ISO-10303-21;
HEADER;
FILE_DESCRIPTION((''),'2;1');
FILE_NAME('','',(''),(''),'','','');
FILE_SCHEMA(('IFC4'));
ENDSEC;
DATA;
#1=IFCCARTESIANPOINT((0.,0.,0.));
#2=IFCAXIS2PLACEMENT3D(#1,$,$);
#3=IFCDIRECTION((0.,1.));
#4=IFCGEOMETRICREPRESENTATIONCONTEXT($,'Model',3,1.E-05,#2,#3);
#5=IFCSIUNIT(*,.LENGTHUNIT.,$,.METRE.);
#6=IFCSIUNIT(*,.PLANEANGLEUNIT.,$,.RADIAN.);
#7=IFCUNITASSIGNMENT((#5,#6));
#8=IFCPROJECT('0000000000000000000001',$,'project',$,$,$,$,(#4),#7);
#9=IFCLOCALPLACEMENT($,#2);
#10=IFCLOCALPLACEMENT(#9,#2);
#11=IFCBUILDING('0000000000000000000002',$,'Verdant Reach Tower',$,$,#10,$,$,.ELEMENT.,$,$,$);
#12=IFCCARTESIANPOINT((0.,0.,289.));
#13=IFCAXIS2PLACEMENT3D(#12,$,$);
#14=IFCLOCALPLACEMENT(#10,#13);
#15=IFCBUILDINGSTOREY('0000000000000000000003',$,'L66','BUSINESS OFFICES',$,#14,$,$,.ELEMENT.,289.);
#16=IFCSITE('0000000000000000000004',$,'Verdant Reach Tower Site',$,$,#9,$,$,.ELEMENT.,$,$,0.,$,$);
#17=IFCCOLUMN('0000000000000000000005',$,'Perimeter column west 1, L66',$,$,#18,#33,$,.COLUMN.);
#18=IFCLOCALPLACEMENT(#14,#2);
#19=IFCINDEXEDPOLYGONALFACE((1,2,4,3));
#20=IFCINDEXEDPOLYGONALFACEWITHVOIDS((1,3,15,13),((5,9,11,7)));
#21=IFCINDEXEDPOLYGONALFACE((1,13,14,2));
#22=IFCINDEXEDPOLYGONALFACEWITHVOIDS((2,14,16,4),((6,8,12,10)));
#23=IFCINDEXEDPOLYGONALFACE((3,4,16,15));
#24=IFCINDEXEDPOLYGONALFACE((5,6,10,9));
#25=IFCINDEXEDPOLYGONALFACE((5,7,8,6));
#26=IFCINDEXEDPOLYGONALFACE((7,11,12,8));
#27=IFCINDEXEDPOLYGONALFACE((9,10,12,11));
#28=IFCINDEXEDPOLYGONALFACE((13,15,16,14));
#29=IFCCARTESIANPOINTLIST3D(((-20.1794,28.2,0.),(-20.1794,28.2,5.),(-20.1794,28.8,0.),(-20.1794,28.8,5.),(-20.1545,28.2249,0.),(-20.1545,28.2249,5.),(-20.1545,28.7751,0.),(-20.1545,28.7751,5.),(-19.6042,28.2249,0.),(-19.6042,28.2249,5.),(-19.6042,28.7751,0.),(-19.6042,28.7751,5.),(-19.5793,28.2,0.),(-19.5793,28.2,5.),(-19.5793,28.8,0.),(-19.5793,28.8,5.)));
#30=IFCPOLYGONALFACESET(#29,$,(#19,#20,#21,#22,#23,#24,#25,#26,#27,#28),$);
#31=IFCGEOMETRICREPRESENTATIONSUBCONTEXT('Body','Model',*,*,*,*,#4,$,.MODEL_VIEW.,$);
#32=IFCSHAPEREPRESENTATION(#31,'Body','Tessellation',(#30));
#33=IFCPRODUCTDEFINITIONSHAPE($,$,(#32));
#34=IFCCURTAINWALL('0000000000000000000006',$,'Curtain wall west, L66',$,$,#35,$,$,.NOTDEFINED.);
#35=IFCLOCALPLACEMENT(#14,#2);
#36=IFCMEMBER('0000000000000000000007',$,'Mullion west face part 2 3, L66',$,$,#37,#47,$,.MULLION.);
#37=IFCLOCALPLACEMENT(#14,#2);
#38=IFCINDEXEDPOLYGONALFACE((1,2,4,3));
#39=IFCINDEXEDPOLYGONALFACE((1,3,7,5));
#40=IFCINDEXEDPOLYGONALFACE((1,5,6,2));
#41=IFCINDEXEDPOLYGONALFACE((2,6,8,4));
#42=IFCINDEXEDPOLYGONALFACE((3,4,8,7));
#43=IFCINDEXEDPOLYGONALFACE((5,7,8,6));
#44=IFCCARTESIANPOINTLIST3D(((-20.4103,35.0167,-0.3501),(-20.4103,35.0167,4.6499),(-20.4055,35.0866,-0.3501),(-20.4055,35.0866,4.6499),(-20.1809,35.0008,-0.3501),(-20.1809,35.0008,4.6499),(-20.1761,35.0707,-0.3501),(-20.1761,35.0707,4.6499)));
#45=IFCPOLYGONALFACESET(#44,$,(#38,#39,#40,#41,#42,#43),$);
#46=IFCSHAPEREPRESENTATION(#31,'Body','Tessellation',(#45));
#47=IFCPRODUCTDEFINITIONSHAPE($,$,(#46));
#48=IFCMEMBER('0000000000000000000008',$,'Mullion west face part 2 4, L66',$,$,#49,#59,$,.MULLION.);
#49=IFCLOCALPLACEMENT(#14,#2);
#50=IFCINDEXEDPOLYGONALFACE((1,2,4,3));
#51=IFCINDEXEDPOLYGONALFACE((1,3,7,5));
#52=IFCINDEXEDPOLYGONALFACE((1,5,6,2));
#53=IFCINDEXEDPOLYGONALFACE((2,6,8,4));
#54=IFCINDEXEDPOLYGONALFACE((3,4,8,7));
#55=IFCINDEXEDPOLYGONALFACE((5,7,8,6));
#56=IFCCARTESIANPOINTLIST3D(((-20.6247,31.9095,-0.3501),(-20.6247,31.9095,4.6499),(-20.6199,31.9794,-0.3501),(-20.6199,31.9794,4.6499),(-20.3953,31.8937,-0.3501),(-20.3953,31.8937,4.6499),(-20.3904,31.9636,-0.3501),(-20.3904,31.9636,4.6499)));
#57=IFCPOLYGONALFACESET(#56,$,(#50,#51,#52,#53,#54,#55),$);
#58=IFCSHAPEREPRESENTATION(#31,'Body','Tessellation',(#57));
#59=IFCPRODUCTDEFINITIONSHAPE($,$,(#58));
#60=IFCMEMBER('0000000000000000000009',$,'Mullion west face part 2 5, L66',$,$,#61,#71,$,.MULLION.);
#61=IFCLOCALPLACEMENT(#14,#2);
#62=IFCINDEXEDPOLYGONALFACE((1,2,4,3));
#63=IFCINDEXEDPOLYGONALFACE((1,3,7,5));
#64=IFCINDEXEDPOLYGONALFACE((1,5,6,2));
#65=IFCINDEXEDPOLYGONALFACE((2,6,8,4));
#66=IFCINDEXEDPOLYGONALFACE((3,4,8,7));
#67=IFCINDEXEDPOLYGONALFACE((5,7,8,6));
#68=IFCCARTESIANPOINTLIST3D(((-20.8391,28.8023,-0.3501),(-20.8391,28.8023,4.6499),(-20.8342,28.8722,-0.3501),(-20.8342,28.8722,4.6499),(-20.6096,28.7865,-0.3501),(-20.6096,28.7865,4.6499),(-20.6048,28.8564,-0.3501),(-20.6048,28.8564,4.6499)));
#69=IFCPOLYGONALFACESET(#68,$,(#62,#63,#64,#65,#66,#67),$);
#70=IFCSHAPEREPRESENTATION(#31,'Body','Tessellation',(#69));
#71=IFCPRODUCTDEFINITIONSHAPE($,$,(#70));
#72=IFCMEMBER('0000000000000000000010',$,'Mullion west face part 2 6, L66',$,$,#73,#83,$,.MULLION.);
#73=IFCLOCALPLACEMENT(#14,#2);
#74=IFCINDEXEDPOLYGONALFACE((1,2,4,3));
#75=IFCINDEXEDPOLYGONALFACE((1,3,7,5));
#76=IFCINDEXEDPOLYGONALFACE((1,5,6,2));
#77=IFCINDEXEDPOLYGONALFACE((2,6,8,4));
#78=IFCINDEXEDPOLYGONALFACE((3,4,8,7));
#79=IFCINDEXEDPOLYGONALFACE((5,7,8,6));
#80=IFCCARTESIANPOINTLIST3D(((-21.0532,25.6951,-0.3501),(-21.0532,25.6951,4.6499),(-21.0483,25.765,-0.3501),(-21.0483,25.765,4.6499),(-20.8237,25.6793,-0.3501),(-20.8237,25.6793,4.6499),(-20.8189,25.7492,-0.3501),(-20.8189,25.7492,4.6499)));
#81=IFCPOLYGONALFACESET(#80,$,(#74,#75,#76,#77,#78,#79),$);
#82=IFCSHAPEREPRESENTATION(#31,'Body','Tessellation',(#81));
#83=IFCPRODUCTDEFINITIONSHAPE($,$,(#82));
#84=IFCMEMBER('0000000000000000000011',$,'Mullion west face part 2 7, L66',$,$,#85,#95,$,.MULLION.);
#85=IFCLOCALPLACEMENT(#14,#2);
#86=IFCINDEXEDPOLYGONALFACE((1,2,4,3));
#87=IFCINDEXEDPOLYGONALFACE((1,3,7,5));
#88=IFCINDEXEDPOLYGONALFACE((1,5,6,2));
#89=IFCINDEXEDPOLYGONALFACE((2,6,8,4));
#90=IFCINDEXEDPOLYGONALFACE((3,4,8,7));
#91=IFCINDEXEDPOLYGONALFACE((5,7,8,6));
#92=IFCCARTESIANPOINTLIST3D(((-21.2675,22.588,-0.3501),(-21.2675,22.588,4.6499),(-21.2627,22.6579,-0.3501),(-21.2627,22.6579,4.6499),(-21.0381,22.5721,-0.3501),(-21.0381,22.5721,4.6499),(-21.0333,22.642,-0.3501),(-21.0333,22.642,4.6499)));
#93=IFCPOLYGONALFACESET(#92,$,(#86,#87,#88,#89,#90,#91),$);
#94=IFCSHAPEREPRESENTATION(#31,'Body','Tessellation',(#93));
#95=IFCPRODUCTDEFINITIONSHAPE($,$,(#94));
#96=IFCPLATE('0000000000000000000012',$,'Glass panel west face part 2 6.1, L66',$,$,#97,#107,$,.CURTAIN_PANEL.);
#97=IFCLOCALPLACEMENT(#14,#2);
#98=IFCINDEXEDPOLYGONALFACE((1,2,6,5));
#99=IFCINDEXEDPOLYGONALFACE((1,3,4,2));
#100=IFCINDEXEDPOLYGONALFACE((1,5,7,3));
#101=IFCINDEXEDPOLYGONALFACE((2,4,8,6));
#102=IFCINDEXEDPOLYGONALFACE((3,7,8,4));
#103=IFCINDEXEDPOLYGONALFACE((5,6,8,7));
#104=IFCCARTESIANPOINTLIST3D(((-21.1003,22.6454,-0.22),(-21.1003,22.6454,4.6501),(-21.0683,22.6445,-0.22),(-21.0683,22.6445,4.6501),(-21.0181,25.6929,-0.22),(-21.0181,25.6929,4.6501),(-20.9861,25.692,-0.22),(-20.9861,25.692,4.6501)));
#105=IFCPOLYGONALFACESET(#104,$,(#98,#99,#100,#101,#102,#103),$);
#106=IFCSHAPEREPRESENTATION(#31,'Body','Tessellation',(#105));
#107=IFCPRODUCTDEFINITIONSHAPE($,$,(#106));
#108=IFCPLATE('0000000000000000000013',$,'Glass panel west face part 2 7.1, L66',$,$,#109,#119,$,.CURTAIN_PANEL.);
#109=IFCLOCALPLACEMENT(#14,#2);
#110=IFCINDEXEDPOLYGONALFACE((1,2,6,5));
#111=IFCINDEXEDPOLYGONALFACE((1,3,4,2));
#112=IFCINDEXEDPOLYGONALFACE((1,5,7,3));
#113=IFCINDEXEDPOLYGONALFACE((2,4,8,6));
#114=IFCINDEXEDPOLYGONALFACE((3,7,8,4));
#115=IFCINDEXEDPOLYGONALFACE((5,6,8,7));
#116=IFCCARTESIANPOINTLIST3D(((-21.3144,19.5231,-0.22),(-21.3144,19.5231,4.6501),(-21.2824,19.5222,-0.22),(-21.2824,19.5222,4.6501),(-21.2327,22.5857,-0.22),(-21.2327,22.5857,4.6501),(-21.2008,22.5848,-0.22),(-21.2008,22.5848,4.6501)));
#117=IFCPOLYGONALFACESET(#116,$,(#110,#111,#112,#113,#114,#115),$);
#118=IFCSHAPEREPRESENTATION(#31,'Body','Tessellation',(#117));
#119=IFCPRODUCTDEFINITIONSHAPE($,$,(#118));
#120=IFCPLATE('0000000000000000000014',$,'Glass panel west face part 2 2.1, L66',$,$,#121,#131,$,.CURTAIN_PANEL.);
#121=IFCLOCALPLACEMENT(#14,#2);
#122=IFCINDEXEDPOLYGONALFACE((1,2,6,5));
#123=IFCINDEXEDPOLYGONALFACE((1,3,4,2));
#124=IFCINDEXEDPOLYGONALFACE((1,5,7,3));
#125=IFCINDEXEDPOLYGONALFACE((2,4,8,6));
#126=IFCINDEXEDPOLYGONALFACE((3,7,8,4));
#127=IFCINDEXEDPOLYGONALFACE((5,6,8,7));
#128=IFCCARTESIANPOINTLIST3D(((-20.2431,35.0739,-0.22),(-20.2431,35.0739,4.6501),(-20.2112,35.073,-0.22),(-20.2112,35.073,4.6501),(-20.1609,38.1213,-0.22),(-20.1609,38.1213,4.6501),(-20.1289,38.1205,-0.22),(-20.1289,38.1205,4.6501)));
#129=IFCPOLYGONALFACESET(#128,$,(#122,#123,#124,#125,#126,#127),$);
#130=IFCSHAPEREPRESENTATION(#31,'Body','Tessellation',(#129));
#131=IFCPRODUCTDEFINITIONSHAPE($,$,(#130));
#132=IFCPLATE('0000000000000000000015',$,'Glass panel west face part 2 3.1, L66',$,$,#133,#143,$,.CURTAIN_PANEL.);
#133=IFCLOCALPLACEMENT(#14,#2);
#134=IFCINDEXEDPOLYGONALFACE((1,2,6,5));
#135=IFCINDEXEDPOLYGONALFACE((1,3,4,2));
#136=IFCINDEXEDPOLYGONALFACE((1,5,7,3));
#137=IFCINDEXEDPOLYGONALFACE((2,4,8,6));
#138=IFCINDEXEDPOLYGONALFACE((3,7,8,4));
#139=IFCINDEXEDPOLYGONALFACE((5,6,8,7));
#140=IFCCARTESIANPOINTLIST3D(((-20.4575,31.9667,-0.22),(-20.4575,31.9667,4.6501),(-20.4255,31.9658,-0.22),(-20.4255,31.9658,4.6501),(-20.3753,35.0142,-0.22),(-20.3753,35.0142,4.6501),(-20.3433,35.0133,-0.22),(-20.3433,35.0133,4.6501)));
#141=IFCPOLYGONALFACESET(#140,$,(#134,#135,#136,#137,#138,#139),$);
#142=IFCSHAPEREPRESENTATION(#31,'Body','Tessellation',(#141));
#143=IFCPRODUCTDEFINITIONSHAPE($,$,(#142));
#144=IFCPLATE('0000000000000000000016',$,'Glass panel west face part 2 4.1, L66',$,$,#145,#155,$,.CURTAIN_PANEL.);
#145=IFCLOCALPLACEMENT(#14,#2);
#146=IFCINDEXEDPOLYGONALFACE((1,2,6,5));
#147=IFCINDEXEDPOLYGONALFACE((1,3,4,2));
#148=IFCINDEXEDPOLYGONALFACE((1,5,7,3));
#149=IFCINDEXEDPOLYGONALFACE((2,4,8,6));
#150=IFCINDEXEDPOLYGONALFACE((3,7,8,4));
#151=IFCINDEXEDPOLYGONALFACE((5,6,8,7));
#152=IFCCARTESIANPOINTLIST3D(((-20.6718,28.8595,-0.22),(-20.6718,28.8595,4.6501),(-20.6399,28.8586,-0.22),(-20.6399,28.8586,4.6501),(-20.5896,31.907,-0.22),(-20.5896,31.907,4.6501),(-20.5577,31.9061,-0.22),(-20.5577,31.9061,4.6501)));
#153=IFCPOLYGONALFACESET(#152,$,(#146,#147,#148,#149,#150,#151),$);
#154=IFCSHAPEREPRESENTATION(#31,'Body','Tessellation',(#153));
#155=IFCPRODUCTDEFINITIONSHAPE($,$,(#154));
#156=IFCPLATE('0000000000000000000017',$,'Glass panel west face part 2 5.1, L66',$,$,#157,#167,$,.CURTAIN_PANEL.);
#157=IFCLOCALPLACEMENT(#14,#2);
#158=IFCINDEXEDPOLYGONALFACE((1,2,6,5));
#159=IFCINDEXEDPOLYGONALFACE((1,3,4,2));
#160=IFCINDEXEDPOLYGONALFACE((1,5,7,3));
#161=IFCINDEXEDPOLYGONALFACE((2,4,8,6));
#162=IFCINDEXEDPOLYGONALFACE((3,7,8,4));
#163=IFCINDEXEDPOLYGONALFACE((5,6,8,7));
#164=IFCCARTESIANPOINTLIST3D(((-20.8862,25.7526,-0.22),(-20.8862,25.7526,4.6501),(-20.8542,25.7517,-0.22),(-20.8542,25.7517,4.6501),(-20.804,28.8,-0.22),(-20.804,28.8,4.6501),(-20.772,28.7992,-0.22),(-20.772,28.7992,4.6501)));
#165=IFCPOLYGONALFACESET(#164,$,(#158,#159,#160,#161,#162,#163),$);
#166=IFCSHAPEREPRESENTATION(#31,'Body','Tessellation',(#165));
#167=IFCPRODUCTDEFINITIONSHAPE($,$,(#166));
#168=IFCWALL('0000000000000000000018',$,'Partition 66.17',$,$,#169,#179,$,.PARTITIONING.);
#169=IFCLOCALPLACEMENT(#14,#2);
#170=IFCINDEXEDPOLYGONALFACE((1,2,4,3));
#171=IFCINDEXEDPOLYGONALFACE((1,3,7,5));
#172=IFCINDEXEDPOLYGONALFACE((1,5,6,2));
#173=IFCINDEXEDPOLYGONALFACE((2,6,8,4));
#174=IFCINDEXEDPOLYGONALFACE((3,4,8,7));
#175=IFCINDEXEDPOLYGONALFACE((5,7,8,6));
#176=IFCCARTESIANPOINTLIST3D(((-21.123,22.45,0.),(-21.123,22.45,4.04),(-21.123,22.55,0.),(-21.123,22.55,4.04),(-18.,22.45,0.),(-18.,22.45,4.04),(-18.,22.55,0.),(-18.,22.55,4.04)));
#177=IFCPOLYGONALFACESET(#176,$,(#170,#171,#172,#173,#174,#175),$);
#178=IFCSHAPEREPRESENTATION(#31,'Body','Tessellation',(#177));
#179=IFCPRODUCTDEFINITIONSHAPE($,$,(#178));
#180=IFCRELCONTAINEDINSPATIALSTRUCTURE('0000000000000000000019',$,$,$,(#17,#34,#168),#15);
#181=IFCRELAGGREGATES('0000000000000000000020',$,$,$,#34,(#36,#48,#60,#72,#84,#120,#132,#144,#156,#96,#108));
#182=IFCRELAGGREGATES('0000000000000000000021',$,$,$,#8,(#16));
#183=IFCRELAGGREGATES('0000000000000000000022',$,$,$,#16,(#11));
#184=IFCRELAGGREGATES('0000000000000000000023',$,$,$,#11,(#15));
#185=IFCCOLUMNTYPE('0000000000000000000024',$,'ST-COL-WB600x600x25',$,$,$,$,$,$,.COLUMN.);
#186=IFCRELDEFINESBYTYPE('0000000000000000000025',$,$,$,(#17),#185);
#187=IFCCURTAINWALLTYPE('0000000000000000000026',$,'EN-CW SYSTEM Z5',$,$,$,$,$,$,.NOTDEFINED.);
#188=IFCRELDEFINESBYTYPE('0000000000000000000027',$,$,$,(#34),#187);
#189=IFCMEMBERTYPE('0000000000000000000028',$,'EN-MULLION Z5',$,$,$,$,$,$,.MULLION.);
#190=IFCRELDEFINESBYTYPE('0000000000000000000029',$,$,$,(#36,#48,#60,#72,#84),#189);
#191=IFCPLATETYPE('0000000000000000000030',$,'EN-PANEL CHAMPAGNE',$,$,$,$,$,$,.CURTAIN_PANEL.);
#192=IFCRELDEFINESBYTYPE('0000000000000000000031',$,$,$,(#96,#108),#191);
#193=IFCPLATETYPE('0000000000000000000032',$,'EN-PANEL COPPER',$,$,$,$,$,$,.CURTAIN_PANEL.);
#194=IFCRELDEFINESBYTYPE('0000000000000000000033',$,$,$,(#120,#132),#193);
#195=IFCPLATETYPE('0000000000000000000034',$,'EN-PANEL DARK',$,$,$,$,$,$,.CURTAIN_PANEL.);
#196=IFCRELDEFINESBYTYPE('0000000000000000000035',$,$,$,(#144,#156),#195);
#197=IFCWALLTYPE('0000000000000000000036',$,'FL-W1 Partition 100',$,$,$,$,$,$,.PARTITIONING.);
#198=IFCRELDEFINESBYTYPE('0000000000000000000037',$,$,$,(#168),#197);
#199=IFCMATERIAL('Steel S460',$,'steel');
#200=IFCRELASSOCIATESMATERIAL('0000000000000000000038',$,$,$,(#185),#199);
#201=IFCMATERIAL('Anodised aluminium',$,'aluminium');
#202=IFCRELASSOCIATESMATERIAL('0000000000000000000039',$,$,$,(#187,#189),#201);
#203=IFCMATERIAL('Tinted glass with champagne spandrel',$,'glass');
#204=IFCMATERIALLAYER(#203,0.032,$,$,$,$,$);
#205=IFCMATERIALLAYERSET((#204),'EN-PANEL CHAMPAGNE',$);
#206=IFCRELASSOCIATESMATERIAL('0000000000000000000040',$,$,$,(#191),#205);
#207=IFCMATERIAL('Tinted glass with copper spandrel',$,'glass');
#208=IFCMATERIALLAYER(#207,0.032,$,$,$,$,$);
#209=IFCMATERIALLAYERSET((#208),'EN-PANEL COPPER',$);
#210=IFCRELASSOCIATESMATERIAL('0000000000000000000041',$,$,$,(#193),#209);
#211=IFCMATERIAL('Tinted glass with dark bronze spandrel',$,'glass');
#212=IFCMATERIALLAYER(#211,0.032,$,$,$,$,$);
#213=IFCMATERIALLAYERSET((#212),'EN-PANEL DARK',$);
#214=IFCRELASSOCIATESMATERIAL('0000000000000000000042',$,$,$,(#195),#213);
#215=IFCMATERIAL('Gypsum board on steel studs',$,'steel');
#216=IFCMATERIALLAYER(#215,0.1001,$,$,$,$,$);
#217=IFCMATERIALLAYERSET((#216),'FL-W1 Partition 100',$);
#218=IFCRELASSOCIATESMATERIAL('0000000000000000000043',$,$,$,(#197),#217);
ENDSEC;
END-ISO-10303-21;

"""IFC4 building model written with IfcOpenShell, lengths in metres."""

from ifc_helpers import new_model, si_unit, direction, frame, frame_2d, origin, origin_2d, place, context, subcontext, project, spatial, rectangle, hollow_rectangle, extrude, material, layer, layer_set, material_profile, profile_set, type_object, element, aggregate, save


model = new_model("IFC4")

# Units and contexts
model_context = context("Model", 3, precision=1e-05, world=origin(), true_north=direction((0.0, 1.0)))
body_context = subcontext(model_context, "Body", "Model", "MODEL_VIEW")
ifc_project = project(units=[si_unit("LENGTHUNIT", "METRE"), si_unit("PLANEANGLEUNIT", "RADIAN")], contexts=[model_context])

# Site, building, storey
site_placement = place(None, origin())
site = spatial("IfcSite", under=ifc_project, at=site_placement, Name="Verdant Reach Tower Site", CompositionType="ELEMENT", RefElevation=0.0)
building_placement = place(site_placement, origin())
building = spatial("IfcBuilding", under=site, at=building_placement, Name="Verdant Reach Tower", CompositionType="ELEMENT")
storey_placement = place(building_placement, frame((0.0, 0.0, 289.0)))
storey = spatial("IfcBuildingStorey", under=building, at=storey_placement, Name="L66", Description="BUSINESS OFFICES", CompositionType="ELEMENT", Elevation=289.0)

# Column
ifc_material_1 = material(Name="Steel S460", Category="steel")
ifc_material_profile_1 = material_profile(ifc_material_1, hollow_rectangle(XDim=0.6001, YDim=0.6001, WallThickness=0.0249, at=origin_2d()), Name="WB 600x600x25")
ifc_profile_set_1 = profile_set([ifc_material_profile_1], Name="Steel S460")
column_type = type_object("IfcColumnType", Name="ST-COL-WB600x600x25", PredefinedType="COLUMN", material=ifc_profile_set_1)
column_placement = place(storey_placement, frame((-19.8794, 28.5, 0.0), z_axis=(0.0, 0.0, 1.0), x_axis=(1.0, 0.0, 0.0)))
element("IfcColumn", 1, at=column_placement, inside=storey, type_object=column_type, Name="Perimeter column west 1, L66", PredefinedType="COLUMN", context=body_context, shape_type="SweptSolid", body=[
    extrude(hollow_rectangle(XDim=0.6001, YDim=0.6001, WallThickness=0.0249, at=origin_2d()), origin(), (0.0, 0.0, 1.0), 5.0),
])

# Curtain wall, members, plates
ifc_material_2 = material(Name="Anodised aluminium", Category="aluminium")
curtain_wall_type = type_object("IfcCurtainWallType", Name="EN-CW SYSTEM Z5", PredefinedType="NOTDEFINED", material=ifc_material_2)
curtain_wall_placement = place(storey_placement, origin())
curtain_wall = element("IfcCurtainWall", 2, at=curtain_wall_placement, inside=storey, type_object=curtain_wall_type, Name="Curtain wall west, L66", PredefinedType="NOTDEFINED")
ifc_material_profile_2 = material_profile(ifc_material_2, rectangle(XDim=0.23, YDim=0.0701, at=origin_2d()), Name="Mullion 70x230")
ifc_profile_set_2 = profile_set([ifc_material_profile_2], Name="Anodised aluminium")
member_type = type_object("IfcMemberType", Name="EN-MULLION Z5", PredefinedType="MULLION", material=ifc_profile_set_2)
member_1_placement = place(storey_placement, frame((-20.2932, 35.0437, -0.3501), z_axis=(0.0, 0.0, 1.0), x_axis=(-0.99763, 0.068802, 0.0)))
member_1 = element("IfcMember", 3, at=member_1_placement, type_object=member_type, Name="Mullion west face part 2 3, L66", PredefinedType="MULLION", context=body_context, shape_type="SweptSolid", body=[
    extrude(rectangle(XDim=0.23, YDim=0.0701, at=origin_2d()), origin(), (0.0, 0.0, 1.0), 5.0),
])
member_2_placement = place(storey_placement, frame((-20.5076, 31.9365, -0.3501), z_axis=(0.0, 0.0, 1.0), x_axis=(-0.99763, 0.068802, 0.0)))
member_2 = element("IfcMember", 4, at=member_2_placement, type_object=member_type, Name="Mullion west face part 2 4, L66", PredefinedType="MULLION", context=body_context, shape_type="SweptSolid", body=[
    extrude(rectangle(XDim=0.23, YDim=0.0701, at=origin_2d()), origin(), (0.0, 0.0, 1.0), 5.0),
])
member_3_placement = place(storey_placement, frame((-20.7219, 28.8293, -0.3501), z_axis=(0.0, 0.0, 1.0), x_axis=(-0.99763, 0.068802, 0.0)))
member_3 = element("IfcMember", 5, at=member_3_placement, type_object=member_type, Name="Mullion west face part 2 5, L66", PredefinedType="MULLION", context=body_context, shape_type="SweptSolid", body=[
    extrude(rectangle(XDim=0.23, YDim=0.0701, at=origin_2d()), origin(), (0.0, 0.0, 1.0), 5.0),
])
member_4_placement = place(storey_placement, frame((-20.936, 25.7222, -0.3501), z_axis=(0.0, 0.0, 1.0), x_axis=(-0.99763, 0.068802, 0.0)))
member_4 = element("IfcMember", 6, at=member_4_placement, type_object=member_type, Name="Mullion west face part 2 6, L66", PredefinedType="MULLION", context=body_context, shape_type="SweptSolid", body=[
    extrude(rectangle(XDim=0.23, YDim=0.0701, at=origin_2d()), origin(), (0.0, 0.0, 1.0), 5.0),
])
member_5_placement = place(storey_placement, frame((-21.1504, 22.615, -0.3501), z_axis=(0.0, 0.0, 1.0), x_axis=(-0.99763, 0.068802, 0.0)))
member_5 = element("IfcMember", 7, at=member_5_placement, type_object=member_type, Name="Mullion west face part 2 7, L66", PredefinedType="MULLION", context=body_context, shape_type="SweptSolid", body=[
    extrude(rectangle(XDim=0.23, YDim=0.0701, at=origin_2d()), origin(), (0.0, 0.0, 1.0), 5.0),
])
ifc_material_3 = material(Name="Tinted glass with champagne spandrel", Category="glass")
ifc_layer_1 = layer(ifc_material_3, 0.032)
ifc_layer_set_1 = layer_set([ifc_layer_1], Name="EN-PANEL CHAMPAGNE")
plate_type_1 = type_object("IfcPlateType", Name="EN-PANEL CHAMPAGNE", PredefinedType="CURTAIN_PANEL", material=ifc_layer_set_1)
plate_1_placement = place(storey_placement, frame((-21.0432, 24.1687, -0.22), z_axis=(0.0, 0.0, 1.0), x_axis=(-0.026965, -0.999636, 0.0)))
plate_1 = element("IfcPlate", 8, at=plate_1_placement, type_object=plate_type_1, Name="Glass panel west face part 2 6.1, L66", PredefinedType="CURTAIN_PANEL", context=body_context, shape_type="SweptSolid", body=[
    extrude(rectangle(XDim=3.0486, YDim=0.032, at=origin_2d()), origin(), (0.0, 0.0, 1.0), 4.8701),
])
plate_2_placement = place(storey_placement, frame((-21.2576, 21.054, -0.22), z_axis=(0.0, 0.0, 1.0), x_axis=(-0.026643, -0.999645, 0.0)))
plate_2 = element("IfcPlate", 9, at=plate_2_placement, type_object=plate_type_1, Name="Glass panel west face part 2 7.1, L66", PredefinedType="CURTAIN_PANEL", context=body_context, shape_type="SweptSolid", body=[
    extrude(rectangle(XDim=3.0637, YDim=0.032, at=origin_2d()), origin(), (0.0, 0.0, 1.0), 4.8701),
])
ifc_material_4 = material(Name="Tinted glass with copper spandrel", Category="glass")
ifc_layer_2 = layer(ifc_material_4, 0.032)
ifc_layer_set_2 = layer_set([ifc_layer_2], Name="EN-PANEL COPPER")
plate_type_2 = type_object("IfcPlateType", Name="EN-PANEL COPPER", PredefinedType="CURTAIN_PANEL", material=ifc_layer_set_2)
plate_3_placement = place(storey_placement, frame((-20.186, 36.5972, -0.22), z_axis=(0.0, 0.0, 1.0), x_axis=(-0.026965, -0.999636, 0.0)))
plate_3 = element("IfcPlate", 10, at=plate_3_placement, type_object=plate_type_2, Name="Glass panel west face part 2 2.1, L66", PredefinedType="CURTAIN_PANEL", context=body_context, shape_type="SweptSolid", body=[
    extrude(rectangle(XDim=3.0486, YDim=0.032, at=origin_2d()), origin(), (0.0, 0.0, 1.0), 4.8701),
])
plate_4_placement = place(storey_placement, frame((-20.4004, 33.49, -0.22), z_axis=(0.0, 0.0, 1.0), x_axis=(-0.026965, -0.999636, 0.0)))
plate_4 = element("IfcPlate", 11, at=plate_4_placement, type_object=plate_type_2, Name="Glass panel west face part 2 3.1, L66", PredefinedType="CURTAIN_PANEL", context=body_context, shape_type="SweptSolid", body=[
    extrude(rectangle(XDim=3.0486, YDim=0.032, at=origin_2d()), origin(), (0.0, 0.0, 1.0), 4.8701),
])
ifc_material_5 = material(Name="Tinted glass with dark bronze spandrel", Category="glass")
ifc_layer_3 = layer(ifc_material_5, 0.032)
ifc_layer_set_3 = layer_set([ifc_layer_3], Name="EN-PANEL DARK")
plate_type_3 = type_object("IfcPlateType", Name="EN-PANEL DARK", PredefinedType="CURTAIN_PANEL", material=ifc_layer_set_3)
plate_5_placement = place(storey_placement, frame((-20.6147, 30.3828, -0.22), z_axis=(0.0, 0.0, 1.0), x_axis=(-0.026965, -0.999636, 0.0)))
plate_5 = element("IfcPlate", 12, at=plate_5_placement, type_object=plate_type_3, Name="Glass panel west face part 2 4.1, L66", PredefinedType="CURTAIN_PANEL", context=body_context, shape_type="SweptSolid", body=[
    extrude(rectangle(XDim=3.0486, YDim=0.032, at=origin_2d()), origin(), (0.0, 0.0, 1.0), 4.8701),
])
plate_6_placement = place(storey_placement, frame((-20.8291, 27.2759, -0.22), z_axis=(0.0, 0.0, 1.0), x_axis=(-0.026965, -0.999636, 0.0)))
plate_6 = element("IfcPlate", 13, at=plate_6_placement, type_object=plate_type_3, Name="Glass panel west face part 2 5.1, L66", PredefinedType="CURTAIN_PANEL", context=body_context, shape_type="SweptSolid", body=[
    extrude(rectangle(XDim=3.0486, YDim=0.032, at=origin_2d()), origin(), (0.0, 0.0, 1.0), 4.8701),
])
aggregate(curtain_wall, [member_1, member_2, member_3, member_4, member_5, plate_3, plate_4, plate_5, plate_6, plate_1, plate_2])

# Wall
ifc_material_6 = material(Name="Gypsum board on steel studs", Category="steel")
ifc_layer_4 = layer(ifc_material_6, 0.1001)
ifc_layer_set_4 = layer_set([ifc_layer_4], Name="FL-W1 Partition 100")
wall_type_1 = type_object("IfcWallType", Name="FL-W1 Partition 100", PredefinedType="PARTITIONING", material=ifc_layer_set_4)
wall_1_placement = place(storey_placement, frame((-18.0, 22.5, 0.0), z_axis=(0.0, 0.0, 1.0), x_axis=(-1.0, 0.0, 0.0)))
element("IfcWall", 14, at=wall_1_placement, inside=storey, type_object=wall_type_1, Name="Partition 66.17", PredefinedType="PARTITIONING", context=body_context, shape_type="SweptSolid", body=[
    extrude(rectangle(XDim=3.123, YDim=0.1001, at=frame_2d((1.5615, 0.0))), origin(), (0.0, 0.0, 1.0), 4.04),
])

save(model, "model.ifc")
